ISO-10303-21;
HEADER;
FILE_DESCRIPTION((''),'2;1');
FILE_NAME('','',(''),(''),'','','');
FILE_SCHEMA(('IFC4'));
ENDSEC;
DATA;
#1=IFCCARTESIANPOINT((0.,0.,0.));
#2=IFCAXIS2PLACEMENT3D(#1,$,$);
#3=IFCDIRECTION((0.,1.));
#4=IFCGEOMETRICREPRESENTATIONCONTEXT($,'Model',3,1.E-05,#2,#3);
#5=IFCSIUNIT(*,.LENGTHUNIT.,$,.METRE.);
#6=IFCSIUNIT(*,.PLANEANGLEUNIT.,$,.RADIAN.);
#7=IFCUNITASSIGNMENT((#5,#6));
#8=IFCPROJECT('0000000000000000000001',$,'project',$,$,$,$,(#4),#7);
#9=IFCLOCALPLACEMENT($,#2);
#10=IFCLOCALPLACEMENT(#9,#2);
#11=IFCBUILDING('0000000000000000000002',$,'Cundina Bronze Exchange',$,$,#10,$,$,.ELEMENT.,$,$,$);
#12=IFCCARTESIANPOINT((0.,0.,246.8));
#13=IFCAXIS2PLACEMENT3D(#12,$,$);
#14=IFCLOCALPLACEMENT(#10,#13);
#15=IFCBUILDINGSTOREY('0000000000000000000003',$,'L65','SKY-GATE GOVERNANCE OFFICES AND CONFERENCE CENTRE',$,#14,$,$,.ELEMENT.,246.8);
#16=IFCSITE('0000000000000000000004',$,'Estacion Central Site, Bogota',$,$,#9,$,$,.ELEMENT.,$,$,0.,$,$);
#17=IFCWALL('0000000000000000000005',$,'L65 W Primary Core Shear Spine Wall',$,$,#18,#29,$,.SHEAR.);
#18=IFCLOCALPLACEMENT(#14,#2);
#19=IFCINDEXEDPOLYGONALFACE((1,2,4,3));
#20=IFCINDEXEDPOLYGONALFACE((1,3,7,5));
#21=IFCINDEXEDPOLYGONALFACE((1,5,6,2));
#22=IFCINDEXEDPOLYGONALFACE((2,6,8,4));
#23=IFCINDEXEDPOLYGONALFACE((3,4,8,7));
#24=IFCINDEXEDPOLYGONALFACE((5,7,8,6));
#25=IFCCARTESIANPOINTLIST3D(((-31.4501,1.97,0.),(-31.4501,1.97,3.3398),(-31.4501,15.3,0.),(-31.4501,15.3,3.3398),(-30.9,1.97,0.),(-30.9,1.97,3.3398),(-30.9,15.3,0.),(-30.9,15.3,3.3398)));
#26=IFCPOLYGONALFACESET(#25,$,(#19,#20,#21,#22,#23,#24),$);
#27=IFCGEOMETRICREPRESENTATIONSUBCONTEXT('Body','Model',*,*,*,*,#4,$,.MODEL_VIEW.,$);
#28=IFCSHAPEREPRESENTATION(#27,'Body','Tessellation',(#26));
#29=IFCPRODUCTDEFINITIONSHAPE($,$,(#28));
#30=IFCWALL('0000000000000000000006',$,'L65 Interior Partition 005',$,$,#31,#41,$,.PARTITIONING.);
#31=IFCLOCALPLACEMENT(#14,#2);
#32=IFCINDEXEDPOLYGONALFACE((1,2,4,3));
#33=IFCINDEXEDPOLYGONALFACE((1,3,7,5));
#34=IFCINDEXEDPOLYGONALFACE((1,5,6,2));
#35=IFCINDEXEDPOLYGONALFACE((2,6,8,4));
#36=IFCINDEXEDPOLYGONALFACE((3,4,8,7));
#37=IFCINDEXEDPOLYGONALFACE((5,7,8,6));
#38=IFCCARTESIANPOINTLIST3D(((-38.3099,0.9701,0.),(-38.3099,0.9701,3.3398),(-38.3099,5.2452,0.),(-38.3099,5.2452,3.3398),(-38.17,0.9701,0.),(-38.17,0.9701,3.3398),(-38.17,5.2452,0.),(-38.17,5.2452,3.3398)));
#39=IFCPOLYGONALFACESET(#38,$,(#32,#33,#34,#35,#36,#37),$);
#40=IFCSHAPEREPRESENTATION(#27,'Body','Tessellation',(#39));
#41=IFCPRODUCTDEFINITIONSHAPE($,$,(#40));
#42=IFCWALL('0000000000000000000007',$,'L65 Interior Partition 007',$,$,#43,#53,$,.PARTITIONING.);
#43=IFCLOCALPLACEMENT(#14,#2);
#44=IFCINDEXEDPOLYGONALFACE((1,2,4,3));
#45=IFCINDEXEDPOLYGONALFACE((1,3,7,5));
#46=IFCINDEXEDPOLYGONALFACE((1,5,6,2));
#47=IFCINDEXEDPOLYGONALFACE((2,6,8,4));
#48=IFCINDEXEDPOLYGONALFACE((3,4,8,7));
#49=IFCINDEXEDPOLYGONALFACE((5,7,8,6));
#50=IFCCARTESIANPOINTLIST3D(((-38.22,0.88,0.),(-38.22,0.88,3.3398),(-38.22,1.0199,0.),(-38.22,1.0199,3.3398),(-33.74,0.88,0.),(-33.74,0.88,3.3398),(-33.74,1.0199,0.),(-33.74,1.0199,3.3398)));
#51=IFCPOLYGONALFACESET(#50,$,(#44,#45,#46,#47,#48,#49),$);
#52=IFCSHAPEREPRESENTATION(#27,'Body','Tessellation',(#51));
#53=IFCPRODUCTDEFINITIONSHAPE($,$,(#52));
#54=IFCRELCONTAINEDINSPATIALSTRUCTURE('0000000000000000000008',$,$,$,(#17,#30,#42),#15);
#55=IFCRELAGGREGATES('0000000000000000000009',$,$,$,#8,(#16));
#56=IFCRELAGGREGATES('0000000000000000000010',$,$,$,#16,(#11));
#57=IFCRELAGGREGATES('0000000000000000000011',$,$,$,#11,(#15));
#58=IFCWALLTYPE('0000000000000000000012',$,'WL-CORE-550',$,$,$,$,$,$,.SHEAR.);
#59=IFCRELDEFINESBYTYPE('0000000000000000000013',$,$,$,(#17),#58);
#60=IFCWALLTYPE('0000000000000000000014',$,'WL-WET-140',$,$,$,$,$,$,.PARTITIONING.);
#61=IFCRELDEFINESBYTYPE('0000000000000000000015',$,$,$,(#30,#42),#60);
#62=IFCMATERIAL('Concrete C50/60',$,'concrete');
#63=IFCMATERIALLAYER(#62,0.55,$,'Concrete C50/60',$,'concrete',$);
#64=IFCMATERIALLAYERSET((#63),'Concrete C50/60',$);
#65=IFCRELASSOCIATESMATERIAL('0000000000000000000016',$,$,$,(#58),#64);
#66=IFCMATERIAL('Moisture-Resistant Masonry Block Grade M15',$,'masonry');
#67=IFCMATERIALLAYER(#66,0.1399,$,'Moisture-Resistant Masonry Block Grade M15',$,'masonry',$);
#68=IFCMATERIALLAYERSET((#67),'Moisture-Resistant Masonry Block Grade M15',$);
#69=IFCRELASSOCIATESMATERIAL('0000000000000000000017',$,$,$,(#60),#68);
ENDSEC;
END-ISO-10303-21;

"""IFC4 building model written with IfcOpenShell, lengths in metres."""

from ifc_helpers import new_model, si_unit, direction, frame, frame_2d, origin, place, context, subcontext, project, spatial, rectangle, extrude, material, layer, layer_set, type_object, element, save


model = new_model("IFC4")

# Units and contexts
model_context = context("Model", 3, precision=1e-05, world=origin(), true_north=direction((0.0, 1.0)))
body_context = subcontext(model_context, "Body", "Model", "MODEL_VIEW")
ifc_project = project(units=[si_unit("LENGTHUNIT", "METRE"), si_unit("PLANEANGLEUNIT", "RADIAN")], contexts=[model_context])

# Site, building, storey
site_placement = place(None, origin())
site = spatial("IfcSite", under=ifc_project, at=site_placement, Name="Estacion Central Site, Bogota", CompositionType="ELEMENT", RefElevation=0.0)
building_placement = place(site_placement, origin())
building = spatial("IfcBuilding", under=site, at=building_placement, Name="Cundina Bronze Exchange", CompositionType="ELEMENT")
storey_placement = place(building_placement, frame((0.0, 0.0, 246.8)))
storey = spatial("IfcBuildingStorey", under=building, at=storey_placement, Name="L65", Description="SKY-GATE GOVERNANCE OFFICES AND CONFERENCE CENTRE", CompositionType="ELEMENT", Elevation=246.8)

# Shared definitions
ifc_material_1 = material(Name="Concrete C50/60", Category="concrete")

# Walls
ifc_layer_1 = layer(ifc_material_1, 0.55, Name="Concrete C50/60", Category="concrete")
ifc_layer_set_1 = layer_set([ifc_layer_1], Name="Concrete C50/60")
wall_type_1 = type_object("IfcWallType", Name="WL-CORE-550", PredefinedType="SHEAR", material=ifc_layer_set_1)
wall_1_placement = place(storey_placement, frame((-31.175, 1.97, 0.0), z_axis=(0.0, 0.0, 1.0), x_axis=(0.0, 1.0, 0.0)))
element("IfcWall", 1, at=wall_1_placement, inside=storey, type_object=wall_type_1, Name="L65 W Primary Core Shear Spine Wall", PredefinedType="SHEAR", context=body_context, shape_type="SweptSolid", body=[
    extrude(rectangle(XDim=13.3301, YDim=0.55, at=frame_2d((6.665, 0.0))), origin(), (0.0, 0.0, 1.0), 3.3398),
])
ifc_material_2 = material(Name="Moisture-Resistant Masonry Block Grade M15", Category="masonry")
ifc_layer_2 = layer(ifc_material_2, 0.1399, Name="Moisture-Resistant Masonry Block Grade M15", Category="masonry")
ifc_layer_set_2 = layer_set([ifc_layer_2], Name="Moisture-Resistant Masonry Block Grade M15")
wall_type_2 = type_object("IfcWallType", Name="WL-WET-140", PredefinedType="PARTITIONING", material=ifc_layer_set_2)
wall_2_placement = place(storey_placement, frame((-38.24, 0.97, 0.0), z_axis=(0.0, 0.0, 1.0), x_axis=(0.0, 1.0, 0.0)))
element("IfcWall", 2, at=wall_2_placement, inside=storey, type_object=wall_type_2, Name="L65 Interior Partition 005", PredefinedType="PARTITIONING", context=body_context, shape_type="SweptSolid", body=[
    extrude(rectangle(XDim=4.2751, YDim=0.1399, at=frame_2d((2.1377, 0.0))), origin(), (0.0, 0.0, 1.0), 3.3398),
])
wall_3_placement = place(storey_placement, frame((-38.22, 0.95, 0.0), z_axis=(0.0, 0.0, 1.0), x_axis=(1.0, 0.0, 0.0)))
element("IfcWall", 3, at=wall_3_placement, inside=storey, type_object=wall_type_2, Name="L65 Interior Partition 007", PredefinedType="PARTITIONING", context=body_context, shape_type="SweptSolid", body=[
    extrude(rectangle(XDim=4.48, YDim=0.1399, at=frame_2d((2.24, 0.0))), origin(), (0.0, 0.0, 1.0), 3.3398),
])

save(model, "model.ifc")
